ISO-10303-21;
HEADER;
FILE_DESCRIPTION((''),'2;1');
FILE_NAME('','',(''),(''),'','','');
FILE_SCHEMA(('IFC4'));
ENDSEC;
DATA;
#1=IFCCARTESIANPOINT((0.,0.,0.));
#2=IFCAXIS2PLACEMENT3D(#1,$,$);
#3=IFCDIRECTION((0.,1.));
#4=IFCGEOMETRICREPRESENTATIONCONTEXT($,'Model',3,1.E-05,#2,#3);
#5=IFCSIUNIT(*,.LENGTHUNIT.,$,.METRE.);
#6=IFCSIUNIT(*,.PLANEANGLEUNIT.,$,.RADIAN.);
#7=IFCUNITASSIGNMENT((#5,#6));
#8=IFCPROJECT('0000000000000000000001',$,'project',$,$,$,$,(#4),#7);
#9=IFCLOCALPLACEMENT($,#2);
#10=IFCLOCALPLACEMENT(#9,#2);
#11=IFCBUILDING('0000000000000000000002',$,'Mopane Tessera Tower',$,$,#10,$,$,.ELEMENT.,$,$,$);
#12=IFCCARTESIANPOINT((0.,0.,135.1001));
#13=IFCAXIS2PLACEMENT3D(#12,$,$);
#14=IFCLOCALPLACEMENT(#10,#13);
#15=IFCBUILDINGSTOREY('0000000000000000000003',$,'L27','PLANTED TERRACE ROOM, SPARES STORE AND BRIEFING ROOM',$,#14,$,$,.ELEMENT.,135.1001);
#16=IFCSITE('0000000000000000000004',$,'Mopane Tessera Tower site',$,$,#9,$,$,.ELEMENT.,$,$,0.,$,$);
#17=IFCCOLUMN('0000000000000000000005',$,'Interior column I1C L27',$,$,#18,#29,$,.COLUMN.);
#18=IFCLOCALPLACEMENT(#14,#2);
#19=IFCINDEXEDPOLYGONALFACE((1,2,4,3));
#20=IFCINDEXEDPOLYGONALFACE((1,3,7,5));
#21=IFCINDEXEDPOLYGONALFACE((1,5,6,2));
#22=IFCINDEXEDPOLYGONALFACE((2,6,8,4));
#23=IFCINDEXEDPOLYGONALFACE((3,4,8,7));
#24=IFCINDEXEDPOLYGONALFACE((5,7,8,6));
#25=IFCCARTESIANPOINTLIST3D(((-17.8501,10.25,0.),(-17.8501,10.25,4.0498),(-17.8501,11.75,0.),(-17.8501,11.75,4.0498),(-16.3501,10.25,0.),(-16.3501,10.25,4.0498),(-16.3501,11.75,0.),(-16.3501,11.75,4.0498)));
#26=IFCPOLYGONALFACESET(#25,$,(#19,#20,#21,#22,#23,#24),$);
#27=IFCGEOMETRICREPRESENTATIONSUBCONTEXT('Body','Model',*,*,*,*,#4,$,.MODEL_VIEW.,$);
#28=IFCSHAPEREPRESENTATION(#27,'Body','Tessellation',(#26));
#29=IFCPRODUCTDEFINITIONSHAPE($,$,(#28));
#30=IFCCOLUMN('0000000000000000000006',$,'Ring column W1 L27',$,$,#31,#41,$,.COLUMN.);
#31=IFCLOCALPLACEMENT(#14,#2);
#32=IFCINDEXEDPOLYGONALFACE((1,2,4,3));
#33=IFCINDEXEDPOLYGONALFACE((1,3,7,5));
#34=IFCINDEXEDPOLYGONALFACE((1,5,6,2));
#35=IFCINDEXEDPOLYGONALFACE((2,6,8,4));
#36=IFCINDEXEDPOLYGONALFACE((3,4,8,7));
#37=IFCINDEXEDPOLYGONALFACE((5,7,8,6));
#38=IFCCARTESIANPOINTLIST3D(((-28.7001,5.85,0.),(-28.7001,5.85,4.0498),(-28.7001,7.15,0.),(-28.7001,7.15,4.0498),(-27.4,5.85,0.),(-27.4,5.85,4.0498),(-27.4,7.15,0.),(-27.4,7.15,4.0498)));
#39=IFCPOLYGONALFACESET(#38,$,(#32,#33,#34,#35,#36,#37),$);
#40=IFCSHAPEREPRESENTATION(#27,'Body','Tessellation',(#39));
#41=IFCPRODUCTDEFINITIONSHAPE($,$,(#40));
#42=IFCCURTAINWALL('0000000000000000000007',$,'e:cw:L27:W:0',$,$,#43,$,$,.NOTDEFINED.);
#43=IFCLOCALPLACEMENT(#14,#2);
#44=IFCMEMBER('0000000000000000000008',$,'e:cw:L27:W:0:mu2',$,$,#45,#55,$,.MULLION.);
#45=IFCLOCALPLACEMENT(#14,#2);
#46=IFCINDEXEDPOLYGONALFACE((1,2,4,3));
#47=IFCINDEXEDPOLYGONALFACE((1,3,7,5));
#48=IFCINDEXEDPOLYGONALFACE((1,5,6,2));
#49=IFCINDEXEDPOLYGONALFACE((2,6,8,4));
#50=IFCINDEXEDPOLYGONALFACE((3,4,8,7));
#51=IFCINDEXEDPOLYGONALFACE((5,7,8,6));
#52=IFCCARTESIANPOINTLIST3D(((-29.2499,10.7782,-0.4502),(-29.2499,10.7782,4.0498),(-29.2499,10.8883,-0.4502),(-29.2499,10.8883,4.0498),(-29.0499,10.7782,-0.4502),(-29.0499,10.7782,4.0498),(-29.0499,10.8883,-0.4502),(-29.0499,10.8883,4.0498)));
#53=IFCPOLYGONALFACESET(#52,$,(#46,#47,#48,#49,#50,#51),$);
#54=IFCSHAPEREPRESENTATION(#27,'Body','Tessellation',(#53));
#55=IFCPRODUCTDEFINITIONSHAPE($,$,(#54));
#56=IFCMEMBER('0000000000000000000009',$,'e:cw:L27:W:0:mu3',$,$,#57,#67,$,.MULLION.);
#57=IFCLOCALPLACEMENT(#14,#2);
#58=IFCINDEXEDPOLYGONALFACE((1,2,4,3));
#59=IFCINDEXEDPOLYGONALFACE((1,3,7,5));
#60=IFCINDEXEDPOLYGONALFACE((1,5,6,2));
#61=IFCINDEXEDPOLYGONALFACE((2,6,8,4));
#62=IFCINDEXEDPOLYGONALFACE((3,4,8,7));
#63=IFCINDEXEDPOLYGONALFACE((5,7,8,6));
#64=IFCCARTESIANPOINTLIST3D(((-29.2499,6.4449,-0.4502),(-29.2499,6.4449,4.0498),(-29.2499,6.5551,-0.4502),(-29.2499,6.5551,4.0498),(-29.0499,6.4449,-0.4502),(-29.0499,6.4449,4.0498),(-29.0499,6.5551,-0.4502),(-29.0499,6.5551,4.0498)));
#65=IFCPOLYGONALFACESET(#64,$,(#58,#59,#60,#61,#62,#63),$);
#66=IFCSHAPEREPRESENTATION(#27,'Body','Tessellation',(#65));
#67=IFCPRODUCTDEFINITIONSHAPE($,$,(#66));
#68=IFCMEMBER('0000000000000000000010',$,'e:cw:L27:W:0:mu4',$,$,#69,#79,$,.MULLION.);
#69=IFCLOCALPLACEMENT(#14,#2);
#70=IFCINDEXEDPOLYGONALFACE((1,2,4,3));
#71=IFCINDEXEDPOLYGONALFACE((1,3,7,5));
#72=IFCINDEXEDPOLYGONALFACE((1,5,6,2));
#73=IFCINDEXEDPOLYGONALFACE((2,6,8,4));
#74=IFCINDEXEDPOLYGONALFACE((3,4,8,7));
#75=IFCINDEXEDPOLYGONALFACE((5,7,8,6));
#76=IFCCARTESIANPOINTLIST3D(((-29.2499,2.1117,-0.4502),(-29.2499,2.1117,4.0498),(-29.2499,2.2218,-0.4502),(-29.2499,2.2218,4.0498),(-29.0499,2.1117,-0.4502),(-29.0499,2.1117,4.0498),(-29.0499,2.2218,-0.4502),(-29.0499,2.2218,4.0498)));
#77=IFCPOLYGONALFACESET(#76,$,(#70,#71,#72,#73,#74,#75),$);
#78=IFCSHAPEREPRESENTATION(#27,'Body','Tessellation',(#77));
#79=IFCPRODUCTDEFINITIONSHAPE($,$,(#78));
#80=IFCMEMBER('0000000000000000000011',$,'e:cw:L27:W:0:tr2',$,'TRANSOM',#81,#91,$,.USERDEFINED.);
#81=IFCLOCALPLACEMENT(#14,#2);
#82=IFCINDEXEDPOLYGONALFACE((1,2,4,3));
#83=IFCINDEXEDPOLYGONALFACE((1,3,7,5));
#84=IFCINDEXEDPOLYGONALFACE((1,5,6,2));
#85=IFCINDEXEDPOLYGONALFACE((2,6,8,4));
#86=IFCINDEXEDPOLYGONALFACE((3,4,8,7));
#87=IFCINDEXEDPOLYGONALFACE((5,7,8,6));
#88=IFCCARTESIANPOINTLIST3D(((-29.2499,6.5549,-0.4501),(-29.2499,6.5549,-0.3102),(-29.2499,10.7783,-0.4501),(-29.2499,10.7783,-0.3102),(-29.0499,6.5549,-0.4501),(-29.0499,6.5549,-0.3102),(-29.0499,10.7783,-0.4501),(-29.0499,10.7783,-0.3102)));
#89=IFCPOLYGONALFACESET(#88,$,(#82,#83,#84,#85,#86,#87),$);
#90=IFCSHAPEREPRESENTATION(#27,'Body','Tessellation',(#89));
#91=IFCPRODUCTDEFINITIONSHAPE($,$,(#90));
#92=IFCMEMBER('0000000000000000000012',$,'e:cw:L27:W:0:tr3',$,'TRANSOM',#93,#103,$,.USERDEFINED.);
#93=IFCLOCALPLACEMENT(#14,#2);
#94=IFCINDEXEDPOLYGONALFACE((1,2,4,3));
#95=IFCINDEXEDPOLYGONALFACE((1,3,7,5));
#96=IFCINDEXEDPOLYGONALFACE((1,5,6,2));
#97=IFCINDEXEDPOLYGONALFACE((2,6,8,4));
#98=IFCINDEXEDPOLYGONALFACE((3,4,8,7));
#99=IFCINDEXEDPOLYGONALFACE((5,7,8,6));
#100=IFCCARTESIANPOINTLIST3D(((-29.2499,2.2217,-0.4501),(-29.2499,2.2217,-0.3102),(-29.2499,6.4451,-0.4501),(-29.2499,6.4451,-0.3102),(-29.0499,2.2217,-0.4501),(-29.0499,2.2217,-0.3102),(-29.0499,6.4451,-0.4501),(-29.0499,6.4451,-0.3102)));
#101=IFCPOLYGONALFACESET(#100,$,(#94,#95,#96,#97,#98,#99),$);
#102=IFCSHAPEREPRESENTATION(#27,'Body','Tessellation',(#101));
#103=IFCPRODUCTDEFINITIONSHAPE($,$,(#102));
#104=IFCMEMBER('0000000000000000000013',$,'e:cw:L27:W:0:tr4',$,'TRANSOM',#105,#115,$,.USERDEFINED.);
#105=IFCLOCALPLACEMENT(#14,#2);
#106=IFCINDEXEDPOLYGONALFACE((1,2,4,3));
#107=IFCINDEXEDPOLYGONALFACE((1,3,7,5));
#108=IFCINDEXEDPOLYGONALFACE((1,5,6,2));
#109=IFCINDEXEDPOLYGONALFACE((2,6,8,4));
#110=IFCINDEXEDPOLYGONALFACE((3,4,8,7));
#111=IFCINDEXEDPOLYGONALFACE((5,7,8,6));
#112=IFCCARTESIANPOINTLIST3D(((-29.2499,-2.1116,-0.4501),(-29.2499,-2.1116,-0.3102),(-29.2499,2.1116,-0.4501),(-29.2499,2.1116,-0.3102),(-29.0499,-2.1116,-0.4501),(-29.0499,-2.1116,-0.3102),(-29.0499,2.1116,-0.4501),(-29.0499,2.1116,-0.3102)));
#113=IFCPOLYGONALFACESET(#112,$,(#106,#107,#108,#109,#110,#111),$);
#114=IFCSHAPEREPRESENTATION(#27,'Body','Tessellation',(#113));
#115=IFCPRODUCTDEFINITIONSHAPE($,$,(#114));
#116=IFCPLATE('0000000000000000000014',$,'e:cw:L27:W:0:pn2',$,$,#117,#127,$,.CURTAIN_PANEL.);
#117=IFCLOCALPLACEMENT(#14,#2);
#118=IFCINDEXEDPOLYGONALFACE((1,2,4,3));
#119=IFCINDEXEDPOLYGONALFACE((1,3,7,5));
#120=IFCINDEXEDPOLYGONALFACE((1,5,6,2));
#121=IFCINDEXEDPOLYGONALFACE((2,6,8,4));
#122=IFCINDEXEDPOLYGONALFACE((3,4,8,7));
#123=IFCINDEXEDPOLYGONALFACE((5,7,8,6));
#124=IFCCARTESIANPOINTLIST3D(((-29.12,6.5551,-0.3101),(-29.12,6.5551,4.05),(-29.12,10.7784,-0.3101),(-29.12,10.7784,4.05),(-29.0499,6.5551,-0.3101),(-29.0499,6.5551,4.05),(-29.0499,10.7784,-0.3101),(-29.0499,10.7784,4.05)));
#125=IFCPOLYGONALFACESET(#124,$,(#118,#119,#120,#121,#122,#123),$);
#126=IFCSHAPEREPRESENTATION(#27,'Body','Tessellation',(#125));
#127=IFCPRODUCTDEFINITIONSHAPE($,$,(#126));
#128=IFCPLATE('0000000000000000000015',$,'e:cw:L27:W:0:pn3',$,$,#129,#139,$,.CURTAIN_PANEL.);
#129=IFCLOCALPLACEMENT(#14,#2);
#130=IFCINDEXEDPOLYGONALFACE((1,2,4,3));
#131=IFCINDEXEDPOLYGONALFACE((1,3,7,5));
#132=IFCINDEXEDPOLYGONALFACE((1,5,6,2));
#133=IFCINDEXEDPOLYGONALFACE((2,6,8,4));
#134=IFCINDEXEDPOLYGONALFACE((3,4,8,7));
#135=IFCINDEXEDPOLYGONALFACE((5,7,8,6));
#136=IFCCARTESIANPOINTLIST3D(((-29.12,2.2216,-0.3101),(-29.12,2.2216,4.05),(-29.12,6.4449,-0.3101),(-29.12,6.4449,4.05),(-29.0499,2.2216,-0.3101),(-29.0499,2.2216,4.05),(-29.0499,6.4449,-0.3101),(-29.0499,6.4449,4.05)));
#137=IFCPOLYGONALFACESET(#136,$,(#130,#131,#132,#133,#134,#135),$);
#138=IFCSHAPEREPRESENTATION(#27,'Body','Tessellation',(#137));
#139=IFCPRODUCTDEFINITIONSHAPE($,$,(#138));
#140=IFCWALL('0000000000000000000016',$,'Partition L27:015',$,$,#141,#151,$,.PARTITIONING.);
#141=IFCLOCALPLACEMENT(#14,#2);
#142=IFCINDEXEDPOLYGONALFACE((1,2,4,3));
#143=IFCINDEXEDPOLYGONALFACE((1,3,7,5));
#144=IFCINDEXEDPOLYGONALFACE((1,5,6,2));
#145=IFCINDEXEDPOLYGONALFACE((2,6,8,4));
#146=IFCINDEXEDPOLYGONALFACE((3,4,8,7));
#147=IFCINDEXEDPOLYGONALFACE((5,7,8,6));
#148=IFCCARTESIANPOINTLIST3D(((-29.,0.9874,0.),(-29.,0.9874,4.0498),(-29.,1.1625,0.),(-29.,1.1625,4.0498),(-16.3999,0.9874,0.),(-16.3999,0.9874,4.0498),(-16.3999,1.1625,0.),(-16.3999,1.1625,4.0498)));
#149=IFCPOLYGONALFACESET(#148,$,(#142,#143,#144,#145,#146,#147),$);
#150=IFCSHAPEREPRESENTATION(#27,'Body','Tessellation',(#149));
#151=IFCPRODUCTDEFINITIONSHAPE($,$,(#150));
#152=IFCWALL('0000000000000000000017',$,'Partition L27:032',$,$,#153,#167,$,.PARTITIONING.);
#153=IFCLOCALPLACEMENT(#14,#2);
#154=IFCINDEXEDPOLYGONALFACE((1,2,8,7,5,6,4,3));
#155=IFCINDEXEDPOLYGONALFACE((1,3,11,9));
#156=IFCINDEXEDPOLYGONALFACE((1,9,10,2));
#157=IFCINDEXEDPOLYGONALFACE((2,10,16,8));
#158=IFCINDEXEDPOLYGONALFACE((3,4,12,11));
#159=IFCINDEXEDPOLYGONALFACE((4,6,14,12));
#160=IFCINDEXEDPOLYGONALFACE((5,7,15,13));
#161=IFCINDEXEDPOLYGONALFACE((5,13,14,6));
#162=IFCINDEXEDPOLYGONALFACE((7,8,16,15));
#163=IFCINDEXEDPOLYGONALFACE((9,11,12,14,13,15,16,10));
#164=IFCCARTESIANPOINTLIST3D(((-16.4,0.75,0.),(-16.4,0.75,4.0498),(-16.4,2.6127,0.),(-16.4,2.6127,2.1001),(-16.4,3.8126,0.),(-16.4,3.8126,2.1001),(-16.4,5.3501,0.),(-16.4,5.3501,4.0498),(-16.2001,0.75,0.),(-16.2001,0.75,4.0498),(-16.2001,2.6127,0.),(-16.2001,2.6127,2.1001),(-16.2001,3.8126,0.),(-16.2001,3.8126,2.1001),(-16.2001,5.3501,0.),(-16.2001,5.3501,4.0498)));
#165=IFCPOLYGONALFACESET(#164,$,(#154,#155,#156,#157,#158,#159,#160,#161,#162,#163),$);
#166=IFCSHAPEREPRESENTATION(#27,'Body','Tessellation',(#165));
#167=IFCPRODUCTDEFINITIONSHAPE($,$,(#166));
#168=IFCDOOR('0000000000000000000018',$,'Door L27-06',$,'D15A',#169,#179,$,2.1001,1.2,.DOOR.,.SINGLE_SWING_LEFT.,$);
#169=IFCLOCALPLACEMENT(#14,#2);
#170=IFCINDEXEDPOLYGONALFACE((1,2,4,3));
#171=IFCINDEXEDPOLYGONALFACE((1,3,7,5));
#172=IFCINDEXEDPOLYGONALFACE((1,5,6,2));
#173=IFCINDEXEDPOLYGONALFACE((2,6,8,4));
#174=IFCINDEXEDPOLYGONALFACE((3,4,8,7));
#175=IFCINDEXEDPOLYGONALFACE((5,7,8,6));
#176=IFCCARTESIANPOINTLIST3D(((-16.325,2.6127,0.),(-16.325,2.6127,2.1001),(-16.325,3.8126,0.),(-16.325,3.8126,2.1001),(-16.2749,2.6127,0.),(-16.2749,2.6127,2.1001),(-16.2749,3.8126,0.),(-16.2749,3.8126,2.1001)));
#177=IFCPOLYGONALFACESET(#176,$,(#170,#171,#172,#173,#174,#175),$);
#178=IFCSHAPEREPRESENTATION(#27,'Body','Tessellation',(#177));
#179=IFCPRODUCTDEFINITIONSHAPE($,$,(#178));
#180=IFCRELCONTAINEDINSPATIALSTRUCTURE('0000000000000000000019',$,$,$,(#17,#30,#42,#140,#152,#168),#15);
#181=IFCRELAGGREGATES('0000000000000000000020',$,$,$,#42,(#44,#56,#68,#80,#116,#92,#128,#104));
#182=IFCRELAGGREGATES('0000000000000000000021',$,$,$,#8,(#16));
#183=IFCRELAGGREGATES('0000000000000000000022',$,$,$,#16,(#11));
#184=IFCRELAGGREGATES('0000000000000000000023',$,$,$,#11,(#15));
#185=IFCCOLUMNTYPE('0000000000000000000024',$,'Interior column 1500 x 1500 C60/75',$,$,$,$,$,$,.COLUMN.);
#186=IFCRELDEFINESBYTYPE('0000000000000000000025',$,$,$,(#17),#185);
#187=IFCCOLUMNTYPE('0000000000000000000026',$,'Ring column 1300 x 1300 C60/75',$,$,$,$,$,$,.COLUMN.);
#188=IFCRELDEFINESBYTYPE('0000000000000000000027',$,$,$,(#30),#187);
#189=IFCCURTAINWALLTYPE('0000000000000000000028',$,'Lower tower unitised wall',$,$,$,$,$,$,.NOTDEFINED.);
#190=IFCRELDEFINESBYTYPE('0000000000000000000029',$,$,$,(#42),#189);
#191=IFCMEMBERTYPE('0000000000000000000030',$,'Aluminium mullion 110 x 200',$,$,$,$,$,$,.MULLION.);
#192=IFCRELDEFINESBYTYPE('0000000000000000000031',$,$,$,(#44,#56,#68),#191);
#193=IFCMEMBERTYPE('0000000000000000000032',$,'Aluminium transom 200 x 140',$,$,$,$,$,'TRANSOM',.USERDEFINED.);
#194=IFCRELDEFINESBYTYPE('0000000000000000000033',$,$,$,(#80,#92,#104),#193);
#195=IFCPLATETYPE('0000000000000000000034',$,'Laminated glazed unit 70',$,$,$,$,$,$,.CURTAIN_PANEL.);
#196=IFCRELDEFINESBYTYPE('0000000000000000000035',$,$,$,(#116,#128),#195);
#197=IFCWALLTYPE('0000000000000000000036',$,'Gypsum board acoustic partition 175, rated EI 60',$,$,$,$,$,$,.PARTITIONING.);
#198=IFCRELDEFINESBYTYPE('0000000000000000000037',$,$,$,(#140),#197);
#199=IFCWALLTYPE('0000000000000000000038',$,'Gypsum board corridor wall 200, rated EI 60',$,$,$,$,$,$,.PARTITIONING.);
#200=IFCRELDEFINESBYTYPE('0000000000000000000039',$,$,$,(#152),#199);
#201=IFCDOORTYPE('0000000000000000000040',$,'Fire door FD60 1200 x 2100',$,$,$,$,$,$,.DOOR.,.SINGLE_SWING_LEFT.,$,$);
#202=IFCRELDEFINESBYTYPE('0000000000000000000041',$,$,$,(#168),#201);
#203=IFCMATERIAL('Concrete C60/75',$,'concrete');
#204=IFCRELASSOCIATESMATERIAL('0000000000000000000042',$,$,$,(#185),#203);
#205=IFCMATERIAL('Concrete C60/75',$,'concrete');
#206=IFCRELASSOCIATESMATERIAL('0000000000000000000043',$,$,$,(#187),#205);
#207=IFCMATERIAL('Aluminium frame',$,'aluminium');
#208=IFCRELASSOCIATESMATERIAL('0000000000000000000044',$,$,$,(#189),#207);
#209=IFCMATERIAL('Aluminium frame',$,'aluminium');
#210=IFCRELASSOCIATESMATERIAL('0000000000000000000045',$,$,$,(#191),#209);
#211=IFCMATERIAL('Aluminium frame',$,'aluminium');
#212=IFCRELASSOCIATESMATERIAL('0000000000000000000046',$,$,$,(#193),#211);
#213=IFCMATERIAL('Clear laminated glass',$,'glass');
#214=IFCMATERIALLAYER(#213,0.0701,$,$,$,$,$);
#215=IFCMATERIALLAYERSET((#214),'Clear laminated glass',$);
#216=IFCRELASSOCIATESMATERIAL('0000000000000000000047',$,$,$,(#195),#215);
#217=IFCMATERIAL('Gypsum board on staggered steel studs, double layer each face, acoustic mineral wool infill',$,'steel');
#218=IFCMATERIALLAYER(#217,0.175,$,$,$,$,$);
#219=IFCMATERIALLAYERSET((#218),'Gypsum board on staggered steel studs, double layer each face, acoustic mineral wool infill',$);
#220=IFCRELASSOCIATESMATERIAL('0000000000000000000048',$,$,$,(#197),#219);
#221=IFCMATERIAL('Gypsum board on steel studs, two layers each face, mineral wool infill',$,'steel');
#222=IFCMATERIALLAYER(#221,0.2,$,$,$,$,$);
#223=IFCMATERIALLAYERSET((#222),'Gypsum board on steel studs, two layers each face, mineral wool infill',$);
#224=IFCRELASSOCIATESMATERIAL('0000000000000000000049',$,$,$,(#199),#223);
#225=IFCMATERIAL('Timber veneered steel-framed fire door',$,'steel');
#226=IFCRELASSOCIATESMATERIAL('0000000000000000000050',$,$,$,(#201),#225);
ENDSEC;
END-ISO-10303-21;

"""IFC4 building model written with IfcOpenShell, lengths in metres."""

from ifc_helpers import new_model, si_unit, direction, frame, frame_2d, origin, origin_2d, place, context, subcontext, project, spatial, rectangle, extrude, material, layer, layer_set, material_profile, profile_set, type_object, element, fill, aggregate, save


model = new_model("IFC4")

# Units and contexts
model_context = context("Model", 3, precision=1e-05, world=origin(), true_north=direction((0.0, 1.0)))
body_context = subcontext(model_context, "Body", "Model", "MODEL_VIEW")
ifc_project = project(units=[si_unit("LENGTHUNIT", "METRE"), si_unit("PLANEANGLEUNIT", "RADIAN")], contexts=[model_context])

# Site, building, storey
site_placement = place(None, origin())
site = spatial("IfcSite", under=ifc_project, at=site_placement, Name="Mopane Tessera Tower site", CompositionType="ELEMENT", RefElevation=0.0)
building_placement = place(site_placement, origin())
building = spatial("IfcBuilding", under=site, at=building_placement, Name="Mopane Tessera Tower", CompositionType="ELEMENT")
storey_placement = place(building_placement, frame((0.0, 0.0, 135.1001)))
storey = spatial("IfcBuildingStorey", under=building, at=storey_placement, Name="L27", Description="PLANTED TERRACE ROOM, SPARES STORE AND BRIEFING ROOM", CompositionType="ELEMENT", Elevation=135.1001)

# Columns
ifc_material_1 = material(Name="Concrete C60/75", Category="concrete")
ifc_material_profile_1 = material_profile(ifc_material_1, rectangle(XDim=1.5, YDim=1.5, at=origin_2d()))
ifc_profile_set_1 = profile_set([ifc_material_profile_1], Name="Concrete C60/75")
column_type_1 = type_object("IfcColumnType", Name="Interior column 1500 x 1500 C60/75", PredefinedType="COLUMN", material=ifc_profile_set_1)
column_1_placement = place(storey_placement, frame((-17.1001, 11.0, 0.0), z_axis=(0.0, 0.0, 1.0), x_axis=(1.0, 0.0, 0.0)))
element("IfcColumn", 1, at=column_1_placement, inside=storey, type_object=column_type_1, Name="Interior column I1C L27", PredefinedType="COLUMN", context=body_context, shape_type="SweptSolid", body=[
    extrude(rectangle(XDim=1.5, YDim=1.5, at=origin_2d()), origin(), (0.0, 0.0, 1.0), 4.0498),
])
ifc_material_2 = material(Name="Concrete C60/75", Category="concrete")
ifc_material_profile_2 = material_profile(ifc_material_2, rectangle(XDim=1.3, YDim=1.3, at=origin_2d()))
ifc_profile_set_2 = profile_set([ifc_material_profile_2], Name="Concrete C60/75")
column_type_2 = type_object("IfcColumnType", Name="Ring column 1300 x 1300 C60/75", PredefinedType="COLUMN", material=ifc_profile_set_2)
column_2_placement = place(storey_placement, frame((-28.05, 6.5, 0.0), z_axis=(0.0, 0.0, 1.0), x_axis=(1.0, 0.0, 0.0)))
element("IfcColumn", 2, at=column_2_placement, inside=storey, type_object=column_type_2, Name="Ring column W1 L27", PredefinedType="COLUMN", context=body_context, shape_type="SweptSolid", body=[
    extrude(rectangle(XDim=1.3, YDim=1.3, at=origin_2d()), origin(), (0.0, 0.0, 1.0), 4.0498),
])

# Curtain wall, members, plates
ifc_material_3 = material(Name="Aluminium frame", Category="aluminium")
curtain_wall_type = type_object("IfcCurtainWallType", Name="Lower tower unitised wall", PredefinedType="NOTDEFINED", material=ifc_material_3)
curtain_wall_placement = place(storey_placement, origin())
curtain_wall = element("IfcCurtainWall", 3, at=curtain_wall_placement, inside=storey, type_object=curtain_wall_type, Name="e:cw:L27:W:0", PredefinedType="NOTDEFINED")
ifc_material_4 = material(Name="Aluminium frame", Category="aluminium")
ifc_material_profile_3 = material_profile(ifc_material_4, rectangle(XDim=0.1101, YDim=0.2, at=origin_2d()))
ifc_profile_set_3 = profile_set([ifc_material_profile_3], Name="Aluminium frame")
member_type_1 = type_object("IfcMemberType", Name="Aluminium mullion 110 x 200", PredefinedType="MULLION", material=ifc_profile_set_3)
member_1_placement = place(storey_placement, frame((-29.1499, 10.8333, -0.4502), z_axis=(0.0, 0.0, 1.0), x_axis=(0.0, -1.0, 0.0)))
member_1 = element("IfcMember", 4, at=member_1_placement, type_object=member_type_1, Name="e:cw:L27:W:0:mu2", PredefinedType="MULLION", context=body_context, shape_type="SweptSolid", body=[
    extrude(rectangle(XDim=0.1101, YDim=0.2, at=origin_2d()), origin(), (0.0, 0.0, 1.0), 4.5),
])
member_2_placement = place(storey_placement, frame((-29.1499, 6.5, -0.4502), z_axis=(0.0, 0.0, 1.0), x_axis=(0.0, -1.0, 0.0)))
member_2 = element("IfcMember", 5, at=member_2_placement, type_object=member_type_1, Name="e:cw:L27:W:0:mu3", PredefinedType="MULLION", context=body_context, shape_type="SweptSolid", body=[
    extrude(rectangle(XDim=0.1101, YDim=0.2, at=origin_2d()), origin(), (0.0, 0.0, 1.0), 4.5),
])
member_3_placement = place(storey_placement, frame((-29.1499, 2.1667, -0.4502), z_axis=(0.0, 0.0, 1.0), x_axis=(0.0, -1.0, 0.0)))
member_3 = element("IfcMember", 6, at=member_3_placement, type_object=member_type_1, Name="e:cw:L27:W:0:mu4", PredefinedType="MULLION", context=body_context, shape_type="SweptSolid", body=[
    extrude(rectangle(XDim=0.1101, YDim=0.2, at=origin_2d()), origin(), (0.0, 0.0, 1.0), 4.5),
])
ifc_material_5 = material(Name="Aluminium frame", Category="aluminium")
ifc_material_profile_4 = material_profile(ifc_material_5, rectangle(XDim=0.2, YDim=0.1399, at=origin_2d()))
ifc_profile_set_4 = profile_set([ifc_material_profile_4], Name="Aluminium frame")
member_type_2 = type_object("IfcMemberType", Name="Aluminium transom 200 x 140", ElementType="TRANSOM", PredefinedType="USERDEFINED", material=ifc_profile_set_4)
member_4_placement = place(storey_placement, frame((-29.1499, 10.7783, -0.3801), z_axis=(0.0, -1.0, 0.0), x_axis=(1.0, 0.0, 0.0)))
member_4 = element("IfcMember", 7, at=member_4_placement, type_object=member_type_2, Name="e:cw:L27:W:0:tr2", ObjectType="TRANSOM", PredefinedType="USERDEFINED", context=body_context, shape_type="SweptSolid", body=[
    extrude(rectangle(XDim=0.2, YDim=0.1399, at=origin_2d()), origin(), (0.0, 0.0, 1.0), 4.2234),
])
member_5_placement = place(storey_placement, frame((-29.1499, 6.4451, -0.3801), z_axis=(0.0, -1.0, 0.0), x_axis=(1.0, 0.0, 0.0)))
member_5 = element("IfcMember", 8, at=member_5_placement, type_object=member_type_2, Name="e:cw:L27:W:0:tr3", ObjectType="TRANSOM", PredefinedType="USERDEFINED", context=body_context, shape_type="SweptSolid", body=[
    extrude(rectangle(XDim=0.2, YDim=0.1399, at=origin_2d()), origin(), (0.0, 0.0, 1.0), 4.2234),
])
member_6_placement = place(storey_placement, frame((-29.1499, 2.1116, -0.3801), z_axis=(0.0, -1.0, 0.0), x_axis=(1.0, 0.0, 0.0)))
member_6 = element("IfcMember", 9, at=member_6_placement, type_object=member_type_2, Name="e:cw:L27:W:0:tr4", ObjectType="TRANSOM", PredefinedType="USERDEFINED", context=body_context, shape_type="SweptSolid", body=[
    extrude(rectangle(XDim=0.2, YDim=0.1399, at=origin_2d()), origin(), (0.0, 0.0, 1.0), 4.2231),
])
ifc_material_6 = material(Name="Clear laminated glass", Category="glass")
ifc_layer_1 = layer(ifc_material_6, 0.0701)
ifc_layer_set_1 = layer_set([ifc_layer_1], Name="Clear laminated glass")
plate_type = type_object("IfcPlateType", Name="Laminated glazed unit 70", PredefinedType="CURTAIN_PANEL", material=ifc_layer_set_1)
plate_1_placement = place(storey_placement, frame((-29.085, 8.6667, -0.3101), z_axis=(0.0, 0.0, 1.0), x_axis=(0.0, -1.0, 0.0)))
plate_1 = element("IfcPlate", 10, at=plate_1_placement, type_object=plate_type, Name="e:cw:L27:W:0:pn2", PredefinedType="CURTAIN_PANEL", context=body_context, shape_type="SweptSolid", body=[
    extrude(rectangle(XDim=4.2234, YDim=0.0701, at=origin_2d()), origin(), (0.0, 0.0, 1.0), 4.3601),
])
plate_2_placement = place(storey_placement, frame((-29.085, 4.3333, -0.3101), z_axis=(0.0, 0.0, 1.0), x_axis=(0.0, -1.0, 0.0)))
plate_2 = element("IfcPlate", 11, at=plate_2_placement, type_object=plate_type, Name="e:cw:L27:W:0:pn3", PredefinedType="CURTAIN_PANEL", context=body_context, shape_type="SweptSolid", body=[
    extrude(rectangle(XDim=4.2234, YDim=0.0701, at=origin_2d()), origin(), (0.0, 0.0, 1.0), 4.3601),
])
aggregate(curtain_wall, [member_1, member_2, member_3, member_4, plate_1, member_5, plate_2, member_6])

# Wall
ifc_material_7 = material(Name="Gypsum board on staggered steel studs, double layer each face, acoustic mineral wool infill", Category="steel")
ifc_layer_2 = layer(ifc_material_7, 0.175)
ifc_layer_set_2 = layer_set([ifc_layer_2], Name="Gypsum board on staggered steel studs, double layer each face, acoustic mineral wool infill")
wall_type_1 = type_object("IfcWallType", Name="Gypsum board acoustic partition 175, rated EI 60", PredefinedType="PARTITIONING", material=ifc_layer_set_2)
wall_1_placement = place(storey_placement, frame((-29.0, 1.075, 0.0), z_axis=(0.0, 0.0, 1.0), x_axis=(1.0, 0.0, 0.0)))
element("IfcWall", 12, at=wall_1_placement, inside=storey, type_object=wall_type_1, Name="Partition L27:015", PredefinedType="PARTITIONING", context=body_context, shape_type="SweptSolid", body=[
    extrude(rectangle(XDim=12.6001, YDim=0.175, at=frame_2d((6.3, 0.0))), origin(), (0.0, 0.0, 1.0), 4.0498),
])

# Wall, opening, door
ifc_material_8 = material(Name="Gypsum board on steel studs, two layers each face, mineral wool infill", Category="steel")
ifc_layer_3 = layer(ifc_material_8, 0.2)
ifc_layer_set_3 = layer_set([ifc_layer_3], Name="Gypsum board on steel studs, two layers each face, mineral wool infill")
wall_type_2 = type_object("IfcWallType", Name="Gypsum board corridor wall 200, rated EI 60", PredefinedType="PARTITIONING", material=ifc_layer_set_3)
wall_2_placement = place(storey_placement, frame((-16.3, 0.75, 0.0), z_axis=(0.0, 0.0, 1.0), x_axis=(0.0, 1.0, 0.0)))
wall_2 = element("IfcWall", 13, at=wall_2_placement, inside=storey, type_object=wall_type_2, Name="Partition L27:032", PredefinedType="PARTITIONING", context=body_context, shape_type="SweptSolid", body=[
    extrude(rectangle(XDim=4.6001, YDim=0.2, at=frame_2d((2.3, 0.0))), origin(), (0.0, 0.0, 1.0), 4.0498),
])
opening_1_placement = place(wall_2_placement, frame((1.8625, 0.0, 0.0)))
opening_1 = element("IfcOpeningElement", 14, at=opening_1_placement, cuts=wall_2, PredefinedType="OPENING", context=body_context, shape_type="SweptSolid", body=[
    extrude(rectangle(XDim=1.2, YDim=2.1001, at=frame_2d((0.6001, 1.05))), frame((0.0, 0.1121, 0.0), z_axis=(0.0, -1.0, 0.0), x_axis=(1.0, 0.0, 0.0)), (0.0, 0.0, 1.0), 0.2239),
])
ifc_material_9 = material(Name="Timber veneered steel-framed fire door", Category="steel")
door_type_1 = type_object("IfcDoorType", Name="Fire door FD60 1200 x 2100", OperationType="SINGLE_SWING_LEFT", PredefinedType="DOOR", material=ifc_material_9)
door_1_placement = place(opening_1_placement, origin())
door_1 = element("IfcDoor", 15, at=door_1_placement, inside=storey, type_object=door_type_1, Name="Door L27-06", ObjectType="D15A", OperationType="SINGLE_SWING_LEFT", OverallHeight=2.1001, OverallWidth=1.2, PredefinedType="DOOR", context=body_context, shape_type="SweptSolid", body=[
    extrude(rectangle(XDim=1.2, YDim=2.1001, at=frame_2d((0.6001, 1.05))), frame((0.0, 0.0249, 0.0), z_axis=(0.0, -1.0, 0.0), x_axis=(1.0, 0.0, 0.0)), (0.0, 0.0, 1.0), 0.05),
])
fill(opening_1, door_1)

save(model, "model.ifc")
